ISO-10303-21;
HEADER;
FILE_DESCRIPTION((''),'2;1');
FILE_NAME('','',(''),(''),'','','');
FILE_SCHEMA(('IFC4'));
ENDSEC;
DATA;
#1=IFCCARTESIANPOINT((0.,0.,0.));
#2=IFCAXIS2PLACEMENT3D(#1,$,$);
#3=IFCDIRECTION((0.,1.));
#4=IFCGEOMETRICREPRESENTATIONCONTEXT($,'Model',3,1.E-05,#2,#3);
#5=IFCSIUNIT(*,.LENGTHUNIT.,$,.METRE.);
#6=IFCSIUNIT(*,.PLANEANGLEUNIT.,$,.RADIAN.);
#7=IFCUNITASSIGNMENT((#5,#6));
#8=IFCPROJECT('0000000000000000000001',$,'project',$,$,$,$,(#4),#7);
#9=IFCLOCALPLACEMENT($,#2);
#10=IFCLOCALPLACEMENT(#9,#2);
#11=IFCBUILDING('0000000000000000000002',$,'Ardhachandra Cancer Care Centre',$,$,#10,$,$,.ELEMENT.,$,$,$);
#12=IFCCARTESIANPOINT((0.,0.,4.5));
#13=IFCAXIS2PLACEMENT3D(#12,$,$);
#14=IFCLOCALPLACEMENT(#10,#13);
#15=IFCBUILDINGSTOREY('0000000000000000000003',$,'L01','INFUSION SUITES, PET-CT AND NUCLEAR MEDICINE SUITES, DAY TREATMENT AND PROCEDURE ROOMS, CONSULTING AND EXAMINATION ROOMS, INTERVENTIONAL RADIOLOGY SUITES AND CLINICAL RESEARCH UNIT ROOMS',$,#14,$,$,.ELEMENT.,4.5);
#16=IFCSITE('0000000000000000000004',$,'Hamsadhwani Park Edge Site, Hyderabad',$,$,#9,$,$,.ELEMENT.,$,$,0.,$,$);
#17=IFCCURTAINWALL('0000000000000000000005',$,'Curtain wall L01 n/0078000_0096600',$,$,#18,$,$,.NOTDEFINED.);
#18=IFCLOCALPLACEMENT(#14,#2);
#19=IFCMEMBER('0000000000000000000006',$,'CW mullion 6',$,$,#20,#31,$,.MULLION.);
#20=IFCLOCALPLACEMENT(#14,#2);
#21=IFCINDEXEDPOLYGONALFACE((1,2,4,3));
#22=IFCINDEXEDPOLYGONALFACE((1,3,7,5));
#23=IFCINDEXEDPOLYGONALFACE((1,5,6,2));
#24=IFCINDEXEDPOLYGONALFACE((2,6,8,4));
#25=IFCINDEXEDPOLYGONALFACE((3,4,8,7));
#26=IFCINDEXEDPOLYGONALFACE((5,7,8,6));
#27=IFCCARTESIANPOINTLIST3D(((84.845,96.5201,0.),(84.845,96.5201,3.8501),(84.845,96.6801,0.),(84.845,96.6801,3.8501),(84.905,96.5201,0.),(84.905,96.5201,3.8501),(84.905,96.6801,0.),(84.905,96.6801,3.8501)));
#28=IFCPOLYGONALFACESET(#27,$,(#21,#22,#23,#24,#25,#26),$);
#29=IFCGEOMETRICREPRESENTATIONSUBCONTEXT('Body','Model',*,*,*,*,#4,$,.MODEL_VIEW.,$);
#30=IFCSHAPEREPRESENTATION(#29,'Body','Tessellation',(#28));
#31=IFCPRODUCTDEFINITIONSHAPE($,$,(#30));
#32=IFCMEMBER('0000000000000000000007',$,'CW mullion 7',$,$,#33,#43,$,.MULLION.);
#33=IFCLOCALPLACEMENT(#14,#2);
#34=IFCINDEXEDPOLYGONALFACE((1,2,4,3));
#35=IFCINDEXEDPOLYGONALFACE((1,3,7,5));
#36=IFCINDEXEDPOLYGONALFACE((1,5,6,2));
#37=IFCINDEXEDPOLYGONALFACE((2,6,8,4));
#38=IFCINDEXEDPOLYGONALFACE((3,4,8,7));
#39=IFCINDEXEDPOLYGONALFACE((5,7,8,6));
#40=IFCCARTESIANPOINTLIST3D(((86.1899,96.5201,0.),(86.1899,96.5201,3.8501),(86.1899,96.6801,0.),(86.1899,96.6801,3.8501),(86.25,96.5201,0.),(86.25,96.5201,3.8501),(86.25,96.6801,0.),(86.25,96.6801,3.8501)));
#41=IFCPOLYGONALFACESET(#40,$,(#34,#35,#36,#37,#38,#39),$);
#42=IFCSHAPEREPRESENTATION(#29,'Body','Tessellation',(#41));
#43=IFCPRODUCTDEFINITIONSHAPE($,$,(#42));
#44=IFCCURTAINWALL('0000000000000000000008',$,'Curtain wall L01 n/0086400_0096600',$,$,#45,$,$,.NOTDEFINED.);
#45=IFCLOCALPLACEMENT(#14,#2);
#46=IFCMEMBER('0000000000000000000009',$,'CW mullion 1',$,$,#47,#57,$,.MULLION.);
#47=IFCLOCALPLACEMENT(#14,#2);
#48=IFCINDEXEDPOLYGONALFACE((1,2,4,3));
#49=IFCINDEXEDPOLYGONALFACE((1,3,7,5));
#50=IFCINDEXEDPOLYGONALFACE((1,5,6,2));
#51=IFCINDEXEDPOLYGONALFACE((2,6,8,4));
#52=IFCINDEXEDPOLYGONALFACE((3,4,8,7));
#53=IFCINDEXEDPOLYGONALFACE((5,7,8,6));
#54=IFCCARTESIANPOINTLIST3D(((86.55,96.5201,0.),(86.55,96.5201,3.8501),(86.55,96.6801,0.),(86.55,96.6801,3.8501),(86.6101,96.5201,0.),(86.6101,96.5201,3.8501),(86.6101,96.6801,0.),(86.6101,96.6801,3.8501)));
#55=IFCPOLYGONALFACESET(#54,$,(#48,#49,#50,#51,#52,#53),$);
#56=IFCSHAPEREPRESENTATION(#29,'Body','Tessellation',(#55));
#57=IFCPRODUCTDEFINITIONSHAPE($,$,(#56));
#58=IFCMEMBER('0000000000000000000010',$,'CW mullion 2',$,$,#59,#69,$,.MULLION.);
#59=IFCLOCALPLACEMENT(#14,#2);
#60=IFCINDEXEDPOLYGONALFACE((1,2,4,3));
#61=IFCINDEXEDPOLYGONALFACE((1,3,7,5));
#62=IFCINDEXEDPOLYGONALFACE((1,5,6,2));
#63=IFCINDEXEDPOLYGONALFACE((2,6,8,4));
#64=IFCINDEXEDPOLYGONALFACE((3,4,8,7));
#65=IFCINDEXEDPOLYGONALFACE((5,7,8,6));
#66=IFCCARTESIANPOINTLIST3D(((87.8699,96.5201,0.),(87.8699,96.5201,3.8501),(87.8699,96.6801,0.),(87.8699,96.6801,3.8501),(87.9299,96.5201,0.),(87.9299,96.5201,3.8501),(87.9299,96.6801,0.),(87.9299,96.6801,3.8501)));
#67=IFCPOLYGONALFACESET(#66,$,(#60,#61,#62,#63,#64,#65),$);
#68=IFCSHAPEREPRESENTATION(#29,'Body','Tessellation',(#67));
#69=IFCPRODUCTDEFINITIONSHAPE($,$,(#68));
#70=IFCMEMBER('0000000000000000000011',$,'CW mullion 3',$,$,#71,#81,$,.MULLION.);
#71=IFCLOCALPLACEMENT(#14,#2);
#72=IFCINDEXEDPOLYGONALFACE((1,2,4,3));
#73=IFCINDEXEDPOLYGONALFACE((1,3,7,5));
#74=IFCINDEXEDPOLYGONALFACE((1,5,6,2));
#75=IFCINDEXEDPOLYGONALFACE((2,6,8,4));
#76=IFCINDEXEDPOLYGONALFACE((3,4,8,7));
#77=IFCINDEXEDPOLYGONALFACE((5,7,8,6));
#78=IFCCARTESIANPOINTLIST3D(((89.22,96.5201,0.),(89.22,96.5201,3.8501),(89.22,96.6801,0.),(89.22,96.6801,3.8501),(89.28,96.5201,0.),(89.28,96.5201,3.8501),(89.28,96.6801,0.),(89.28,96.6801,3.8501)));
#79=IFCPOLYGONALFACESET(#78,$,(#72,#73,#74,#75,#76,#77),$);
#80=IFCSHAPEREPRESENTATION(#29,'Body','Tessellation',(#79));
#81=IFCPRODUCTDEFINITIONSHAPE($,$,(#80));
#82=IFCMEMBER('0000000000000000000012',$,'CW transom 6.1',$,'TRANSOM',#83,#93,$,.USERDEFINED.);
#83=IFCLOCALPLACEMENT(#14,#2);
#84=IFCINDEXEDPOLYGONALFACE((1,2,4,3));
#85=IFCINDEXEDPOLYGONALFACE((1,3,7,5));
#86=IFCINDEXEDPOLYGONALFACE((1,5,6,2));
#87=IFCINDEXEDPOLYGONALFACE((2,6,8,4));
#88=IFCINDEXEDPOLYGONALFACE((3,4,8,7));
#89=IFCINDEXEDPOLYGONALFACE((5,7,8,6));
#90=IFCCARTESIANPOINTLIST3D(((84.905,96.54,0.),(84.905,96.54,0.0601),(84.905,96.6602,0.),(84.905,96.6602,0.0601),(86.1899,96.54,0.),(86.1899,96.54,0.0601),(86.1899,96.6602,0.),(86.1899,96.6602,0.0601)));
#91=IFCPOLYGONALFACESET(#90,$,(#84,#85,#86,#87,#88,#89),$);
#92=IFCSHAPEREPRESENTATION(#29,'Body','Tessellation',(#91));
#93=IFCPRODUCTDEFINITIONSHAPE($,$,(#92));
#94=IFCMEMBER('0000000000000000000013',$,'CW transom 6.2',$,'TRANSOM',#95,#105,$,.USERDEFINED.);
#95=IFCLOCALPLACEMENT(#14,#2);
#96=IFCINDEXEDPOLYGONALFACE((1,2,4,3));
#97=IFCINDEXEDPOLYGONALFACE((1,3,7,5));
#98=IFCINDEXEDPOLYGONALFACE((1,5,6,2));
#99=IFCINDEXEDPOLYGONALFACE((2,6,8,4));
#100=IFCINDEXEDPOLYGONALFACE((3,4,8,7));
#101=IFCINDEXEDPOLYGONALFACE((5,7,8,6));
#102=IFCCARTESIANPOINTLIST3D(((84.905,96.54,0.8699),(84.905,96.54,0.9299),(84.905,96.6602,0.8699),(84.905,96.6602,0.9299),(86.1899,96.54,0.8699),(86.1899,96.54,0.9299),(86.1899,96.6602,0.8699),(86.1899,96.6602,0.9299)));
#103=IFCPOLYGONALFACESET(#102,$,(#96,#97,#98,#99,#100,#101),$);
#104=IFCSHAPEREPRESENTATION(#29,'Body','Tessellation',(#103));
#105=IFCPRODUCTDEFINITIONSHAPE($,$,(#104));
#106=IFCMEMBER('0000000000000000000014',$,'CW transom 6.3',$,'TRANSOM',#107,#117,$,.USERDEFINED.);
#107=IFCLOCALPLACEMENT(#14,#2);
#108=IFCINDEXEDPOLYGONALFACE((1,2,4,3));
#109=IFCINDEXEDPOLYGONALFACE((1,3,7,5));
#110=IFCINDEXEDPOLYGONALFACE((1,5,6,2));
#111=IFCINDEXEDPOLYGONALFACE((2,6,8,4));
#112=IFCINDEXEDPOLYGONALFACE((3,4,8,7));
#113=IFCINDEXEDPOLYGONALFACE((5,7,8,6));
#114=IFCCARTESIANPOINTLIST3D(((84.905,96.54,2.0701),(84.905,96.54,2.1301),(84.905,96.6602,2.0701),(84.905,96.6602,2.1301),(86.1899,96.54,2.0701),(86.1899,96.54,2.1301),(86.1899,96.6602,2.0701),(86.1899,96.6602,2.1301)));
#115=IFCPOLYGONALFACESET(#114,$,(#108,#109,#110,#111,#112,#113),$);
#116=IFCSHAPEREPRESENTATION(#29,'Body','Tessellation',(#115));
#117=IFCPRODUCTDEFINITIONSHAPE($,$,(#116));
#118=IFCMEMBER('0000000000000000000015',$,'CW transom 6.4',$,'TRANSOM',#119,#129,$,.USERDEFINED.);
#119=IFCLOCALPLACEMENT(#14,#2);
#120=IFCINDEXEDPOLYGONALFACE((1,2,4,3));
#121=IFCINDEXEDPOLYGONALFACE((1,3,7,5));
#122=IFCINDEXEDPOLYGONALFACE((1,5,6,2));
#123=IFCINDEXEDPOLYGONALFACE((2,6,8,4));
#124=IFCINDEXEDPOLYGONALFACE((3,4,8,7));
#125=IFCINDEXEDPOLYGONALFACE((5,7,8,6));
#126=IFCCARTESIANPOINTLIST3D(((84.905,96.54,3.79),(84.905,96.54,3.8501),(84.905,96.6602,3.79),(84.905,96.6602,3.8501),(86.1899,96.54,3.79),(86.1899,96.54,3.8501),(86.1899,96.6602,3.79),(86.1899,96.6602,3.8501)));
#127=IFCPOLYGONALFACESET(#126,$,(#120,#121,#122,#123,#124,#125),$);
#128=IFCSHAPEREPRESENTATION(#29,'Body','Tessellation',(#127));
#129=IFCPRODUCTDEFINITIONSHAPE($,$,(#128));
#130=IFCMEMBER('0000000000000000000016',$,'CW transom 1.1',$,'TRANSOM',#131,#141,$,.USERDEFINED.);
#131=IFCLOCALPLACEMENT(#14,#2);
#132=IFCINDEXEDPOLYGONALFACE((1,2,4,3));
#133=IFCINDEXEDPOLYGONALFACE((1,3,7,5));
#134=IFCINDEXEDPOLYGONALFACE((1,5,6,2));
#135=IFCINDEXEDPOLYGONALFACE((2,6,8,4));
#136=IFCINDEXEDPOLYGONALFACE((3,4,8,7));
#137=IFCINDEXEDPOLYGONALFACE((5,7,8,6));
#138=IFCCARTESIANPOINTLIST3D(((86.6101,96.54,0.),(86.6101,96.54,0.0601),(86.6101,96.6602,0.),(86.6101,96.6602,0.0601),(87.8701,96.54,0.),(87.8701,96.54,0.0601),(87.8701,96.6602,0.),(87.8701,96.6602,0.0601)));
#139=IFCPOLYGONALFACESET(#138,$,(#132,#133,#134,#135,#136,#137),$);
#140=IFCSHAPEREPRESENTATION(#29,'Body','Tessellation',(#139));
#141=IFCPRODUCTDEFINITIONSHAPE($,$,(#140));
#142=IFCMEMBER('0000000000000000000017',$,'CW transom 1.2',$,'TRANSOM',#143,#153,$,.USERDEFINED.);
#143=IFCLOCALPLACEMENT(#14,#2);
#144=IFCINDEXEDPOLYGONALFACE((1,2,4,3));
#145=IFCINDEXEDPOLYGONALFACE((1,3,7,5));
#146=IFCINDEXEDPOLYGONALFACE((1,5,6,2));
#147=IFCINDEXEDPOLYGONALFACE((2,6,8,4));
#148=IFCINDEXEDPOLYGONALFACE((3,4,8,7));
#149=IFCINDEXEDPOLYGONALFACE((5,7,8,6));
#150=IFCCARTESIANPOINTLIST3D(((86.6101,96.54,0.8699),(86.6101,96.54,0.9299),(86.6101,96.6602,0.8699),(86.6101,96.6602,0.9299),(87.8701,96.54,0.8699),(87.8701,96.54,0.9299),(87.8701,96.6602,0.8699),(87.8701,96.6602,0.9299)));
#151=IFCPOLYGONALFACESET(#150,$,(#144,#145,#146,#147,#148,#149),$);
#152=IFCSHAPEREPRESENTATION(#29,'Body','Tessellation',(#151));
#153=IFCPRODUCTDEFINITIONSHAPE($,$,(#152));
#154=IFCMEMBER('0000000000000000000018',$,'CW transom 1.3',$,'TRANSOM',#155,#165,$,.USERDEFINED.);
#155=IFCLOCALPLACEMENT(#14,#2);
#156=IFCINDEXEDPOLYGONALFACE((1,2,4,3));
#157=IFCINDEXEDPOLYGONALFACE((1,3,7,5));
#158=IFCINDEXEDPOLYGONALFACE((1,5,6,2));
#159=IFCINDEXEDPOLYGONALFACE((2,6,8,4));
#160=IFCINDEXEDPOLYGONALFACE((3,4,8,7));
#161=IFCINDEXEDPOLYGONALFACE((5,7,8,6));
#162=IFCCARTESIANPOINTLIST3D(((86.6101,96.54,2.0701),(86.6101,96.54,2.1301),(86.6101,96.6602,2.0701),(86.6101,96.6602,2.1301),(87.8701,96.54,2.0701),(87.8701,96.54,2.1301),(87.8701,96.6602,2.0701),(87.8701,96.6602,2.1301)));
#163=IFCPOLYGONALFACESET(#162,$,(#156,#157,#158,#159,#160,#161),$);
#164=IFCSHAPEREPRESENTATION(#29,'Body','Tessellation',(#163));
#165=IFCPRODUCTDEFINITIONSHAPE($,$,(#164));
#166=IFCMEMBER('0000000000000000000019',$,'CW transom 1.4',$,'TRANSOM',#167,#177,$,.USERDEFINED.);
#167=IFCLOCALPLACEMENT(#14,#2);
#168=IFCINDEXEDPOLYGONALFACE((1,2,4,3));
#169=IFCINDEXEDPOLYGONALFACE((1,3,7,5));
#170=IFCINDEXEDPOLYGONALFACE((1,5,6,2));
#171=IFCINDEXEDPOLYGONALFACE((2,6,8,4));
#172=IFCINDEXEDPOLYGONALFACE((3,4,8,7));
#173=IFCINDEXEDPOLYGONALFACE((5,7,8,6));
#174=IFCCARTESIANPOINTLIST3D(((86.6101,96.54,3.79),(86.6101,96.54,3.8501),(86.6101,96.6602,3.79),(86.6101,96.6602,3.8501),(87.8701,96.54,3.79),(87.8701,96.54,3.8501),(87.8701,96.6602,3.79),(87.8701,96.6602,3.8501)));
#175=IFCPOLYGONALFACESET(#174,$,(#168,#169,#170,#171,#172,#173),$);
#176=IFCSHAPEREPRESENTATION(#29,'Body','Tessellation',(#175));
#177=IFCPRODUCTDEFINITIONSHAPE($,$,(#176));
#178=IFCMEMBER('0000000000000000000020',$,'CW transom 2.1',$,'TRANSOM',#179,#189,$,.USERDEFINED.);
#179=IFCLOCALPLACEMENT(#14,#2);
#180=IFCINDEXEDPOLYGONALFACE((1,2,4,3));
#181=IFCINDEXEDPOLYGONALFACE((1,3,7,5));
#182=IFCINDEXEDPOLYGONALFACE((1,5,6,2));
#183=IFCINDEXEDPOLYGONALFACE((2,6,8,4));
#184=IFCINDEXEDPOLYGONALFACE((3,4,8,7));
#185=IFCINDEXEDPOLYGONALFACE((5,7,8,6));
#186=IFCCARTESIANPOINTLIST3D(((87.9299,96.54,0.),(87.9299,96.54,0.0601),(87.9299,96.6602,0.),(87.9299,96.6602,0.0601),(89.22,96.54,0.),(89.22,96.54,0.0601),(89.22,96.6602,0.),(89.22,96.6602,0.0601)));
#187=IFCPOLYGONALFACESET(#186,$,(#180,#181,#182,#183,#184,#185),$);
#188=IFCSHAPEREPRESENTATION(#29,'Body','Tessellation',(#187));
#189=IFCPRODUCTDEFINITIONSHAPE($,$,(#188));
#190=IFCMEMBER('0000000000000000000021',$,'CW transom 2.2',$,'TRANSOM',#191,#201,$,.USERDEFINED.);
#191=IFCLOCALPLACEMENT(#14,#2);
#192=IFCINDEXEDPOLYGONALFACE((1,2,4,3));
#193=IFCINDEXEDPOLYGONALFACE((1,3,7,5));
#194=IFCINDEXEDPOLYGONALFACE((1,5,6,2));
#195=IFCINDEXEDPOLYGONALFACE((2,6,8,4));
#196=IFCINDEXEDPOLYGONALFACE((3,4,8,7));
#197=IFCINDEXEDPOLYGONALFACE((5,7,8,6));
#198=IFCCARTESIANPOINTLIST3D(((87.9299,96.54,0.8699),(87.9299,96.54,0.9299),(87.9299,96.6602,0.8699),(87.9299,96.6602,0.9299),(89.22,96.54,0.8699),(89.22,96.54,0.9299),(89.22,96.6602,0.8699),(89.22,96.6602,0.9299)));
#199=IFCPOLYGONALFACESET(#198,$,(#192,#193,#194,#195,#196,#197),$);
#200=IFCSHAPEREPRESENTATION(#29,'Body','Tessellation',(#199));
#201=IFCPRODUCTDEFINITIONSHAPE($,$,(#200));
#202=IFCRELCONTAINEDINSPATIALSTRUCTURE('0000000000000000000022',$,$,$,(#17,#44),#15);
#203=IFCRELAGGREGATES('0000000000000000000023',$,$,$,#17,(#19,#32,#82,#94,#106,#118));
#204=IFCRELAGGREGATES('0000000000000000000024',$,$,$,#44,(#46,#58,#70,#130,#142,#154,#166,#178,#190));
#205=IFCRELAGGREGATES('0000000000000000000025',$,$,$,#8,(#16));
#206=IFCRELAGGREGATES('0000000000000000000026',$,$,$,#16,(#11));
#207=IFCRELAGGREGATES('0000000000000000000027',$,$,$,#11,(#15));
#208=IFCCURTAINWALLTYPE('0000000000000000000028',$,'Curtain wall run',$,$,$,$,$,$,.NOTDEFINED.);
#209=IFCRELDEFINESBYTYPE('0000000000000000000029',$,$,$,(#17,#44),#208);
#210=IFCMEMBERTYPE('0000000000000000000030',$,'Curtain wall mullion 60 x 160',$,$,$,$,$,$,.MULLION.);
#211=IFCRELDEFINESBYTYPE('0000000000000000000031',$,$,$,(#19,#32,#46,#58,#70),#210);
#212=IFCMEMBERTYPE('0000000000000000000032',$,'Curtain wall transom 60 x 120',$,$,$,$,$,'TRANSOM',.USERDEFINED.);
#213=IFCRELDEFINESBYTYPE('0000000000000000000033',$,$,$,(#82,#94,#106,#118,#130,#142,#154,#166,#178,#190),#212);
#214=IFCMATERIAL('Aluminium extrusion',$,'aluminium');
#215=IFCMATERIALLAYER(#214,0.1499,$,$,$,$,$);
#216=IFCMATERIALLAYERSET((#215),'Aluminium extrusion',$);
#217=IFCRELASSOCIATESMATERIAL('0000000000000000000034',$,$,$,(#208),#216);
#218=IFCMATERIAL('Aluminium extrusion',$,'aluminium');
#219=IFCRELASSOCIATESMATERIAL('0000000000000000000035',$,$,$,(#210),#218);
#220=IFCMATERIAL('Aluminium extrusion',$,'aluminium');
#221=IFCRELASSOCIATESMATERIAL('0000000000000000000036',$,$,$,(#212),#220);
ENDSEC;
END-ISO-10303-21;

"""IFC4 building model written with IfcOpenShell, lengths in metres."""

from ifc_helpers import new_model, si_unit, direction, frame, origin, origin_2d, place, context, subcontext, project, spatial, rectangle, extrude, material, layer, layer_set, material_profile, profile_set, type_object, element, aggregate, save


model = new_model("IFC4")

# Units and contexts
model_context = context("Model", 3, precision=1e-05, world=origin(), true_north=direction((0.0, 1.0)))
body_context = subcontext(model_context, "Body", "Model", "MODEL_VIEW")
ifc_project = project(units=[si_unit("LENGTHUNIT", "METRE"), si_unit("PLANEANGLEUNIT", "RADIAN")], contexts=[model_context])

# Site, building, storey
site_placement = place(None, origin())
site = spatial("IfcSite", under=ifc_project, at=site_placement, Name="Hamsadhwani Park Edge Site, Hyderabad", CompositionType="ELEMENT", RefElevation=0.0)
building_placement = place(site_placement, origin())
building = spatial("IfcBuilding", under=site, at=building_placement, Name="Ardhachandra Cancer Care Centre", CompositionType="ELEMENT")
storey_placement = place(building_placement, frame((0.0, 0.0, 4.5)))
storey = spatial("IfcBuildingStorey", under=building, at=storey_placement, Name="L01", Description="INFUSION SUITES, PET-CT AND NUCLEAR MEDICINE SUITES, DAY TREATMENT AND PROCEDURE ROOMS, CONSULTING AND EXAMINATION ROOMS, INTERVENTIONAL RADIOLOGY SUITES AND CLINICAL RESEARCH UNIT ROOMS", CompositionType="ELEMENT", Elevation=4.5)

# Curtain walls, members
ifc_material_1 = material(Name="Aluminium extrusion", Category="aluminium")
ifc_layer_1 = layer(ifc_material_1, 0.1499)
ifc_layer_set_1 = layer_set([ifc_layer_1], Name="Aluminium extrusion")
curtain_wall_type = type_object("IfcCurtainWallType", Name="Curtain wall run", PredefinedType="NOTDEFINED", material=ifc_layer_set_1)
curtain_wall_1_placement = place(storey_placement, origin())
curtain_wall_1 = element("IfcCurtainWall", 1, at=curtain_wall_1_placement, inside=storey, type_object=curtain_wall_type, Name="Curtain wall L01 n/0078000_0096600", PredefinedType="NOTDEFINED")
ifc_material_2 = material(Name="Aluminium extrusion", Category="aluminium")
ifc_material_profile_1 = material_profile(ifc_material_2, rectangle(XDim=0.1599, YDim=0.0601, at=origin_2d()), Name="Curtain wall mullion 60 x 160")
ifc_profile_set_1 = profile_set([ifc_material_profile_1], Name="Aluminium extrusion")
member_type_1 = type_object("IfcMemberType", Name="Curtain wall mullion 60 x 160", PredefinedType="MULLION", material=ifc_profile_set_1)
member_1_placement = place(storey_placement, frame((84.875, 96.6001, 0.0), z_axis=(0.0, 0.0, 1.0), x_axis=(0.0, 1.0, 0.0)))
member_1 = element("IfcMember", 2, at=member_1_placement, type_object=member_type_1, Name="CW mullion 6", PredefinedType="MULLION", context=body_context, shape_type="SweptSolid", body=[
    extrude(rectangle(XDim=0.1599, YDim=0.0601, at=origin_2d()), origin(), (0.0, 0.0, 1.0), 3.8501),
])
member_2_placement = place(storey_placement, frame((86.22, 96.6001, 0.0), z_axis=(0.0, 0.0, 1.0), x_axis=(0.0, 1.0, 0.0)))
member_2 = element("IfcMember", 3, at=member_2_placement, type_object=member_type_1, Name="CW mullion 7", PredefinedType="MULLION", context=body_context, shape_type="SweptSolid", body=[
    extrude(rectangle(XDim=0.1599, YDim=0.0601, at=origin_2d()), origin(), (0.0, 0.0, 1.0), 3.8501),
])
curtain_wall_2_placement = place(storey_placement, origin())
curtain_wall_2 = element("IfcCurtainWall", 4, at=curtain_wall_2_placement, inside=storey, type_object=curtain_wall_type, Name="Curtain wall L01 n/0086400_0096600", PredefinedType="NOTDEFINED")
member_3_placement = place(storey_placement, frame((86.5801, 96.6001, 0.0), z_axis=(0.0, 0.0, 1.0), x_axis=(0.0, 1.0, 0.0)))
member_3 = element("IfcMember", 5, at=member_3_placement, type_object=member_type_1, Name="CW mullion 1", PredefinedType="MULLION", context=body_context, shape_type="SweptSolid", body=[
    extrude(rectangle(XDim=0.1599, YDim=0.0601, at=origin_2d()), origin(), (0.0, 0.0, 1.0), 3.8501),
])
member_4_placement = place(storey_placement, frame((87.8999, 96.6001, 0.0), z_axis=(0.0, 0.0, 1.0), x_axis=(0.0, 1.0, 0.0)))
member_4 = element("IfcMember", 6, at=member_4_placement, type_object=member_type_1, Name="CW mullion 2", PredefinedType="MULLION", context=body_context, shape_type="SweptSolid", body=[
    extrude(rectangle(XDim=0.1599, YDim=0.0601, at=origin_2d()), origin(), (0.0, 0.0, 1.0), 3.8501),
])
member_5_placement = place(storey_placement, frame((89.25, 96.6001, 0.0), z_axis=(0.0, 0.0, 1.0), x_axis=(0.0, 1.0, 0.0)))
member_5 = element("IfcMember", 7, at=member_5_placement, type_object=member_type_1, Name="CW mullion 3", PredefinedType="MULLION", context=body_context, shape_type="SweptSolid", body=[
    extrude(rectangle(XDim=0.1599, YDim=0.0601, at=origin_2d()), origin(), (0.0, 0.0, 1.0), 3.8501),
])

# Members
ifc_material_3 = material(Name="Aluminium extrusion", Category="aluminium")
ifc_material_profile_2 = material_profile(ifc_material_3, rectangle(XDim=0.1201, YDim=0.0601, at=origin_2d()), Name="Curtain wall transom 60 x 120")
ifc_profile_set_2 = profile_set([ifc_material_profile_2], Name="Aluminium extrusion")
member_type_2 = type_object("IfcMemberType", Name="Curtain wall transom 60 x 120", ElementType="TRANSOM", PredefinedType="USERDEFINED", material=ifc_profile_set_2)
member_6_placement = place(storey_placement, frame((84.905, 96.6001, 0.03), z_axis=(1.0, 0.0, 0.0), x_axis=(0.0, 1.0, 0.0)))
member_6 = element("IfcMember", 8, at=member_6_placement, type_object=member_type_2, Name="CW transom 6.1", ObjectType="TRANSOM", PredefinedType="USERDEFINED", context=body_context, shape_type="SweptSolid", body=[
    extrude(rectangle(XDim=0.1201, YDim=0.0601, at=origin_2d()), origin(), (0.0, 0.0, 1.0), 1.2849),
])
member_7_placement = place(storey_placement, frame((84.905, 96.6001, 0.8999), z_axis=(1.0, 0.0, 0.0), x_axis=(0.0, 1.0, 0.0)))
member_7 = element("IfcMember", 9, at=member_7_placement, type_object=member_type_2, Name="CW transom 6.2", ObjectType="TRANSOM", PredefinedType="USERDEFINED", context=body_context, shape_type="SweptSolid", body=[
    extrude(rectangle(XDim=0.1201, YDim=0.0601, at=origin_2d()), origin(), (0.0, 0.0, 1.0), 1.2849),
])
member_8_placement = place(storey_placement, frame((84.905, 96.6001, 2.1001), z_axis=(1.0, 0.0, 0.0), x_axis=(0.0, 1.0, 0.0)))
member_8 = element("IfcMember", 10, at=member_8_placement, type_object=member_type_2, Name="CW transom 6.3", ObjectType="TRANSOM", PredefinedType="USERDEFINED", context=body_context, shape_type="SweptSolid", body=[
    extrude(rectangle(XDim=0.1201, YDim=0.0601, at=origin_2d()), origin(), (0.0, 0.0, 1.0), 1.2849),
])
member_9_placement = place(storey_placement, frame((84.905, 96.6001, 3.8201), z_axis=(1.0, 0.0, 0.0), x_axis=(0.0, 1.0, 0.0)))
member_9 = element("IfcMember", 11, at=member_9_placement, type_object=member_type_2, Name="CW transom 6.4", ObjectType="TRANSOM", PredefinedType="USERDEFINED", context=body_context, shape_type="SweptSolid", body=[
    extrude(rectangle(XDim=0.1201, YDim=0.0601, at=origin_2d()), origin(), (0.0, 0.0, 1.0), 1.2849),
])
member_10_placement = place(storey_placement, frame((86.6101, 96.6001, 0.03), z_axis=(1.0, 0.0, 0.0), x_axis=(0.0, 1.0, 0.0)))
member_10 = element("IfcMember", 12, at=member_10_placement, type_object=member_type_2, Name="CW transom 1.1", ObjectType="TRANSOM", PredefinedType="USERDEFINED", context=body_context, shape_type="SweptSolid", body=[
    extrude(rectangle(XDim=0.1201, YDim=0.0601, at=origin_2d()), origin(), (0.0, 0.0, 1.0), 1.26),
])
member_11_placement = place(storey_placement, frame((86.6101, 96.6001, 0.8999), z_axis=(1.0, 0.0, 0.0), x_axis=(0.0, 1.0, 0.0)))
member_11 = element("IfcMember", 13, at=member_11_placement, type_object=member_type_2, Name="CW transom 1.2", ObjectType="TRANSOM", PredefinedType="USERDEFINED", context=body_context, shape_type="SweptSolid", body=[
    extrude(rectangle(XDim=0.1201, YDim=0.0601, at=origin_2d()), origin(), (0.0, 0.0, 1.0), 1.26),
])
member_12_placement = place(storey_placement, frame((86.6101, 96.6001, 2.1001), z_axis=(1.0, 0.0, 0.0), x_axis=(0.0, 1.0, 0.0)))
member_12 = element("IfcMember", 14, at=member_12_placement, type_object=member_type_2, Name="CW transom 1.3", ObjectType="TRANSOM", PredefinedType="USERDEFINED", context=body_context, shape_type="SweptSolid", body=[
    extrude(rectangle(XDim=0.1201, YDim=0.0601, at=origin_2d()), origin(), (0.0, 0.0, 1.0), 1.26),
])
member_13_placement = place(storey_placement, frame((86.6101, 96.6001, 3.8201), z_axis=(1.0, 0.0, 0.0), x_axis=(0.0, 1.0, 0.0)))
member_13 = element("IfcMember", 15, at=member_13_placement, type_object=member_type_2, Name="CW transom 1.4", ObjectType="TRANSOM", PredefinedType="USERDEFINED", context=body_context, shape_type="SweptSolid", body=[
    extrude(rectangle(XDim=0.1201, YDim=0.0601, at=origin_2d()), origin(), (0.0, 0.0, 1.0), 1.26),
])
member_14_placement = place(storey_placement, frame((87.9299, 96.6001, 0.03), z_axis=(1.0, 0.0, 0.0), x_axis=(0.0, 1.0, 0.0)))
member_14 = element("IfcMember", 16, at=member_14_placement, type_object=member_type_2, Name="CW transom 2.1", ObjectType="TRANSOM", PredefinedType="USERDEFINED", context=body_context, shape_type="SweptSolid", body=[
    extrude(rectangle(XDim=0.1201, YDim=0.0601, at=origin_2d()), origin(), (0.0, 0.0, 1.0), 1.29),
])
member_15_placement = place(storey_placement, frame((87.9299, 96.6001, 0.8999), z_axis=(1.0, 0.0, 0.0), x_axis=(0.0, 1.0, 0.0)))
member_15 = element("IfcMember", 17, at=member_15_placement, type_object=member_type_2, Name="CW transom 2.2", ObjectType="TRANSOM", PredefinedType="USERDEFINED", context=body_context, shape_type="SweptSolid", body=[
    extrude(rectangle(XDim=0.1201, YDim=0.0601, at=origin_2d()), origin(), (0.0, 0.0, 1.0), 1.29),
])

aggregate(curtain_wall_1, [member_1, member_2, member_6, member_7, member_8, member_9])
aggregate(curtain_wall_2, [member_3, member_4, member_5, member_10, member_11, member_12, member_13, member_14, member_15])

save(model, "model.ifc")
